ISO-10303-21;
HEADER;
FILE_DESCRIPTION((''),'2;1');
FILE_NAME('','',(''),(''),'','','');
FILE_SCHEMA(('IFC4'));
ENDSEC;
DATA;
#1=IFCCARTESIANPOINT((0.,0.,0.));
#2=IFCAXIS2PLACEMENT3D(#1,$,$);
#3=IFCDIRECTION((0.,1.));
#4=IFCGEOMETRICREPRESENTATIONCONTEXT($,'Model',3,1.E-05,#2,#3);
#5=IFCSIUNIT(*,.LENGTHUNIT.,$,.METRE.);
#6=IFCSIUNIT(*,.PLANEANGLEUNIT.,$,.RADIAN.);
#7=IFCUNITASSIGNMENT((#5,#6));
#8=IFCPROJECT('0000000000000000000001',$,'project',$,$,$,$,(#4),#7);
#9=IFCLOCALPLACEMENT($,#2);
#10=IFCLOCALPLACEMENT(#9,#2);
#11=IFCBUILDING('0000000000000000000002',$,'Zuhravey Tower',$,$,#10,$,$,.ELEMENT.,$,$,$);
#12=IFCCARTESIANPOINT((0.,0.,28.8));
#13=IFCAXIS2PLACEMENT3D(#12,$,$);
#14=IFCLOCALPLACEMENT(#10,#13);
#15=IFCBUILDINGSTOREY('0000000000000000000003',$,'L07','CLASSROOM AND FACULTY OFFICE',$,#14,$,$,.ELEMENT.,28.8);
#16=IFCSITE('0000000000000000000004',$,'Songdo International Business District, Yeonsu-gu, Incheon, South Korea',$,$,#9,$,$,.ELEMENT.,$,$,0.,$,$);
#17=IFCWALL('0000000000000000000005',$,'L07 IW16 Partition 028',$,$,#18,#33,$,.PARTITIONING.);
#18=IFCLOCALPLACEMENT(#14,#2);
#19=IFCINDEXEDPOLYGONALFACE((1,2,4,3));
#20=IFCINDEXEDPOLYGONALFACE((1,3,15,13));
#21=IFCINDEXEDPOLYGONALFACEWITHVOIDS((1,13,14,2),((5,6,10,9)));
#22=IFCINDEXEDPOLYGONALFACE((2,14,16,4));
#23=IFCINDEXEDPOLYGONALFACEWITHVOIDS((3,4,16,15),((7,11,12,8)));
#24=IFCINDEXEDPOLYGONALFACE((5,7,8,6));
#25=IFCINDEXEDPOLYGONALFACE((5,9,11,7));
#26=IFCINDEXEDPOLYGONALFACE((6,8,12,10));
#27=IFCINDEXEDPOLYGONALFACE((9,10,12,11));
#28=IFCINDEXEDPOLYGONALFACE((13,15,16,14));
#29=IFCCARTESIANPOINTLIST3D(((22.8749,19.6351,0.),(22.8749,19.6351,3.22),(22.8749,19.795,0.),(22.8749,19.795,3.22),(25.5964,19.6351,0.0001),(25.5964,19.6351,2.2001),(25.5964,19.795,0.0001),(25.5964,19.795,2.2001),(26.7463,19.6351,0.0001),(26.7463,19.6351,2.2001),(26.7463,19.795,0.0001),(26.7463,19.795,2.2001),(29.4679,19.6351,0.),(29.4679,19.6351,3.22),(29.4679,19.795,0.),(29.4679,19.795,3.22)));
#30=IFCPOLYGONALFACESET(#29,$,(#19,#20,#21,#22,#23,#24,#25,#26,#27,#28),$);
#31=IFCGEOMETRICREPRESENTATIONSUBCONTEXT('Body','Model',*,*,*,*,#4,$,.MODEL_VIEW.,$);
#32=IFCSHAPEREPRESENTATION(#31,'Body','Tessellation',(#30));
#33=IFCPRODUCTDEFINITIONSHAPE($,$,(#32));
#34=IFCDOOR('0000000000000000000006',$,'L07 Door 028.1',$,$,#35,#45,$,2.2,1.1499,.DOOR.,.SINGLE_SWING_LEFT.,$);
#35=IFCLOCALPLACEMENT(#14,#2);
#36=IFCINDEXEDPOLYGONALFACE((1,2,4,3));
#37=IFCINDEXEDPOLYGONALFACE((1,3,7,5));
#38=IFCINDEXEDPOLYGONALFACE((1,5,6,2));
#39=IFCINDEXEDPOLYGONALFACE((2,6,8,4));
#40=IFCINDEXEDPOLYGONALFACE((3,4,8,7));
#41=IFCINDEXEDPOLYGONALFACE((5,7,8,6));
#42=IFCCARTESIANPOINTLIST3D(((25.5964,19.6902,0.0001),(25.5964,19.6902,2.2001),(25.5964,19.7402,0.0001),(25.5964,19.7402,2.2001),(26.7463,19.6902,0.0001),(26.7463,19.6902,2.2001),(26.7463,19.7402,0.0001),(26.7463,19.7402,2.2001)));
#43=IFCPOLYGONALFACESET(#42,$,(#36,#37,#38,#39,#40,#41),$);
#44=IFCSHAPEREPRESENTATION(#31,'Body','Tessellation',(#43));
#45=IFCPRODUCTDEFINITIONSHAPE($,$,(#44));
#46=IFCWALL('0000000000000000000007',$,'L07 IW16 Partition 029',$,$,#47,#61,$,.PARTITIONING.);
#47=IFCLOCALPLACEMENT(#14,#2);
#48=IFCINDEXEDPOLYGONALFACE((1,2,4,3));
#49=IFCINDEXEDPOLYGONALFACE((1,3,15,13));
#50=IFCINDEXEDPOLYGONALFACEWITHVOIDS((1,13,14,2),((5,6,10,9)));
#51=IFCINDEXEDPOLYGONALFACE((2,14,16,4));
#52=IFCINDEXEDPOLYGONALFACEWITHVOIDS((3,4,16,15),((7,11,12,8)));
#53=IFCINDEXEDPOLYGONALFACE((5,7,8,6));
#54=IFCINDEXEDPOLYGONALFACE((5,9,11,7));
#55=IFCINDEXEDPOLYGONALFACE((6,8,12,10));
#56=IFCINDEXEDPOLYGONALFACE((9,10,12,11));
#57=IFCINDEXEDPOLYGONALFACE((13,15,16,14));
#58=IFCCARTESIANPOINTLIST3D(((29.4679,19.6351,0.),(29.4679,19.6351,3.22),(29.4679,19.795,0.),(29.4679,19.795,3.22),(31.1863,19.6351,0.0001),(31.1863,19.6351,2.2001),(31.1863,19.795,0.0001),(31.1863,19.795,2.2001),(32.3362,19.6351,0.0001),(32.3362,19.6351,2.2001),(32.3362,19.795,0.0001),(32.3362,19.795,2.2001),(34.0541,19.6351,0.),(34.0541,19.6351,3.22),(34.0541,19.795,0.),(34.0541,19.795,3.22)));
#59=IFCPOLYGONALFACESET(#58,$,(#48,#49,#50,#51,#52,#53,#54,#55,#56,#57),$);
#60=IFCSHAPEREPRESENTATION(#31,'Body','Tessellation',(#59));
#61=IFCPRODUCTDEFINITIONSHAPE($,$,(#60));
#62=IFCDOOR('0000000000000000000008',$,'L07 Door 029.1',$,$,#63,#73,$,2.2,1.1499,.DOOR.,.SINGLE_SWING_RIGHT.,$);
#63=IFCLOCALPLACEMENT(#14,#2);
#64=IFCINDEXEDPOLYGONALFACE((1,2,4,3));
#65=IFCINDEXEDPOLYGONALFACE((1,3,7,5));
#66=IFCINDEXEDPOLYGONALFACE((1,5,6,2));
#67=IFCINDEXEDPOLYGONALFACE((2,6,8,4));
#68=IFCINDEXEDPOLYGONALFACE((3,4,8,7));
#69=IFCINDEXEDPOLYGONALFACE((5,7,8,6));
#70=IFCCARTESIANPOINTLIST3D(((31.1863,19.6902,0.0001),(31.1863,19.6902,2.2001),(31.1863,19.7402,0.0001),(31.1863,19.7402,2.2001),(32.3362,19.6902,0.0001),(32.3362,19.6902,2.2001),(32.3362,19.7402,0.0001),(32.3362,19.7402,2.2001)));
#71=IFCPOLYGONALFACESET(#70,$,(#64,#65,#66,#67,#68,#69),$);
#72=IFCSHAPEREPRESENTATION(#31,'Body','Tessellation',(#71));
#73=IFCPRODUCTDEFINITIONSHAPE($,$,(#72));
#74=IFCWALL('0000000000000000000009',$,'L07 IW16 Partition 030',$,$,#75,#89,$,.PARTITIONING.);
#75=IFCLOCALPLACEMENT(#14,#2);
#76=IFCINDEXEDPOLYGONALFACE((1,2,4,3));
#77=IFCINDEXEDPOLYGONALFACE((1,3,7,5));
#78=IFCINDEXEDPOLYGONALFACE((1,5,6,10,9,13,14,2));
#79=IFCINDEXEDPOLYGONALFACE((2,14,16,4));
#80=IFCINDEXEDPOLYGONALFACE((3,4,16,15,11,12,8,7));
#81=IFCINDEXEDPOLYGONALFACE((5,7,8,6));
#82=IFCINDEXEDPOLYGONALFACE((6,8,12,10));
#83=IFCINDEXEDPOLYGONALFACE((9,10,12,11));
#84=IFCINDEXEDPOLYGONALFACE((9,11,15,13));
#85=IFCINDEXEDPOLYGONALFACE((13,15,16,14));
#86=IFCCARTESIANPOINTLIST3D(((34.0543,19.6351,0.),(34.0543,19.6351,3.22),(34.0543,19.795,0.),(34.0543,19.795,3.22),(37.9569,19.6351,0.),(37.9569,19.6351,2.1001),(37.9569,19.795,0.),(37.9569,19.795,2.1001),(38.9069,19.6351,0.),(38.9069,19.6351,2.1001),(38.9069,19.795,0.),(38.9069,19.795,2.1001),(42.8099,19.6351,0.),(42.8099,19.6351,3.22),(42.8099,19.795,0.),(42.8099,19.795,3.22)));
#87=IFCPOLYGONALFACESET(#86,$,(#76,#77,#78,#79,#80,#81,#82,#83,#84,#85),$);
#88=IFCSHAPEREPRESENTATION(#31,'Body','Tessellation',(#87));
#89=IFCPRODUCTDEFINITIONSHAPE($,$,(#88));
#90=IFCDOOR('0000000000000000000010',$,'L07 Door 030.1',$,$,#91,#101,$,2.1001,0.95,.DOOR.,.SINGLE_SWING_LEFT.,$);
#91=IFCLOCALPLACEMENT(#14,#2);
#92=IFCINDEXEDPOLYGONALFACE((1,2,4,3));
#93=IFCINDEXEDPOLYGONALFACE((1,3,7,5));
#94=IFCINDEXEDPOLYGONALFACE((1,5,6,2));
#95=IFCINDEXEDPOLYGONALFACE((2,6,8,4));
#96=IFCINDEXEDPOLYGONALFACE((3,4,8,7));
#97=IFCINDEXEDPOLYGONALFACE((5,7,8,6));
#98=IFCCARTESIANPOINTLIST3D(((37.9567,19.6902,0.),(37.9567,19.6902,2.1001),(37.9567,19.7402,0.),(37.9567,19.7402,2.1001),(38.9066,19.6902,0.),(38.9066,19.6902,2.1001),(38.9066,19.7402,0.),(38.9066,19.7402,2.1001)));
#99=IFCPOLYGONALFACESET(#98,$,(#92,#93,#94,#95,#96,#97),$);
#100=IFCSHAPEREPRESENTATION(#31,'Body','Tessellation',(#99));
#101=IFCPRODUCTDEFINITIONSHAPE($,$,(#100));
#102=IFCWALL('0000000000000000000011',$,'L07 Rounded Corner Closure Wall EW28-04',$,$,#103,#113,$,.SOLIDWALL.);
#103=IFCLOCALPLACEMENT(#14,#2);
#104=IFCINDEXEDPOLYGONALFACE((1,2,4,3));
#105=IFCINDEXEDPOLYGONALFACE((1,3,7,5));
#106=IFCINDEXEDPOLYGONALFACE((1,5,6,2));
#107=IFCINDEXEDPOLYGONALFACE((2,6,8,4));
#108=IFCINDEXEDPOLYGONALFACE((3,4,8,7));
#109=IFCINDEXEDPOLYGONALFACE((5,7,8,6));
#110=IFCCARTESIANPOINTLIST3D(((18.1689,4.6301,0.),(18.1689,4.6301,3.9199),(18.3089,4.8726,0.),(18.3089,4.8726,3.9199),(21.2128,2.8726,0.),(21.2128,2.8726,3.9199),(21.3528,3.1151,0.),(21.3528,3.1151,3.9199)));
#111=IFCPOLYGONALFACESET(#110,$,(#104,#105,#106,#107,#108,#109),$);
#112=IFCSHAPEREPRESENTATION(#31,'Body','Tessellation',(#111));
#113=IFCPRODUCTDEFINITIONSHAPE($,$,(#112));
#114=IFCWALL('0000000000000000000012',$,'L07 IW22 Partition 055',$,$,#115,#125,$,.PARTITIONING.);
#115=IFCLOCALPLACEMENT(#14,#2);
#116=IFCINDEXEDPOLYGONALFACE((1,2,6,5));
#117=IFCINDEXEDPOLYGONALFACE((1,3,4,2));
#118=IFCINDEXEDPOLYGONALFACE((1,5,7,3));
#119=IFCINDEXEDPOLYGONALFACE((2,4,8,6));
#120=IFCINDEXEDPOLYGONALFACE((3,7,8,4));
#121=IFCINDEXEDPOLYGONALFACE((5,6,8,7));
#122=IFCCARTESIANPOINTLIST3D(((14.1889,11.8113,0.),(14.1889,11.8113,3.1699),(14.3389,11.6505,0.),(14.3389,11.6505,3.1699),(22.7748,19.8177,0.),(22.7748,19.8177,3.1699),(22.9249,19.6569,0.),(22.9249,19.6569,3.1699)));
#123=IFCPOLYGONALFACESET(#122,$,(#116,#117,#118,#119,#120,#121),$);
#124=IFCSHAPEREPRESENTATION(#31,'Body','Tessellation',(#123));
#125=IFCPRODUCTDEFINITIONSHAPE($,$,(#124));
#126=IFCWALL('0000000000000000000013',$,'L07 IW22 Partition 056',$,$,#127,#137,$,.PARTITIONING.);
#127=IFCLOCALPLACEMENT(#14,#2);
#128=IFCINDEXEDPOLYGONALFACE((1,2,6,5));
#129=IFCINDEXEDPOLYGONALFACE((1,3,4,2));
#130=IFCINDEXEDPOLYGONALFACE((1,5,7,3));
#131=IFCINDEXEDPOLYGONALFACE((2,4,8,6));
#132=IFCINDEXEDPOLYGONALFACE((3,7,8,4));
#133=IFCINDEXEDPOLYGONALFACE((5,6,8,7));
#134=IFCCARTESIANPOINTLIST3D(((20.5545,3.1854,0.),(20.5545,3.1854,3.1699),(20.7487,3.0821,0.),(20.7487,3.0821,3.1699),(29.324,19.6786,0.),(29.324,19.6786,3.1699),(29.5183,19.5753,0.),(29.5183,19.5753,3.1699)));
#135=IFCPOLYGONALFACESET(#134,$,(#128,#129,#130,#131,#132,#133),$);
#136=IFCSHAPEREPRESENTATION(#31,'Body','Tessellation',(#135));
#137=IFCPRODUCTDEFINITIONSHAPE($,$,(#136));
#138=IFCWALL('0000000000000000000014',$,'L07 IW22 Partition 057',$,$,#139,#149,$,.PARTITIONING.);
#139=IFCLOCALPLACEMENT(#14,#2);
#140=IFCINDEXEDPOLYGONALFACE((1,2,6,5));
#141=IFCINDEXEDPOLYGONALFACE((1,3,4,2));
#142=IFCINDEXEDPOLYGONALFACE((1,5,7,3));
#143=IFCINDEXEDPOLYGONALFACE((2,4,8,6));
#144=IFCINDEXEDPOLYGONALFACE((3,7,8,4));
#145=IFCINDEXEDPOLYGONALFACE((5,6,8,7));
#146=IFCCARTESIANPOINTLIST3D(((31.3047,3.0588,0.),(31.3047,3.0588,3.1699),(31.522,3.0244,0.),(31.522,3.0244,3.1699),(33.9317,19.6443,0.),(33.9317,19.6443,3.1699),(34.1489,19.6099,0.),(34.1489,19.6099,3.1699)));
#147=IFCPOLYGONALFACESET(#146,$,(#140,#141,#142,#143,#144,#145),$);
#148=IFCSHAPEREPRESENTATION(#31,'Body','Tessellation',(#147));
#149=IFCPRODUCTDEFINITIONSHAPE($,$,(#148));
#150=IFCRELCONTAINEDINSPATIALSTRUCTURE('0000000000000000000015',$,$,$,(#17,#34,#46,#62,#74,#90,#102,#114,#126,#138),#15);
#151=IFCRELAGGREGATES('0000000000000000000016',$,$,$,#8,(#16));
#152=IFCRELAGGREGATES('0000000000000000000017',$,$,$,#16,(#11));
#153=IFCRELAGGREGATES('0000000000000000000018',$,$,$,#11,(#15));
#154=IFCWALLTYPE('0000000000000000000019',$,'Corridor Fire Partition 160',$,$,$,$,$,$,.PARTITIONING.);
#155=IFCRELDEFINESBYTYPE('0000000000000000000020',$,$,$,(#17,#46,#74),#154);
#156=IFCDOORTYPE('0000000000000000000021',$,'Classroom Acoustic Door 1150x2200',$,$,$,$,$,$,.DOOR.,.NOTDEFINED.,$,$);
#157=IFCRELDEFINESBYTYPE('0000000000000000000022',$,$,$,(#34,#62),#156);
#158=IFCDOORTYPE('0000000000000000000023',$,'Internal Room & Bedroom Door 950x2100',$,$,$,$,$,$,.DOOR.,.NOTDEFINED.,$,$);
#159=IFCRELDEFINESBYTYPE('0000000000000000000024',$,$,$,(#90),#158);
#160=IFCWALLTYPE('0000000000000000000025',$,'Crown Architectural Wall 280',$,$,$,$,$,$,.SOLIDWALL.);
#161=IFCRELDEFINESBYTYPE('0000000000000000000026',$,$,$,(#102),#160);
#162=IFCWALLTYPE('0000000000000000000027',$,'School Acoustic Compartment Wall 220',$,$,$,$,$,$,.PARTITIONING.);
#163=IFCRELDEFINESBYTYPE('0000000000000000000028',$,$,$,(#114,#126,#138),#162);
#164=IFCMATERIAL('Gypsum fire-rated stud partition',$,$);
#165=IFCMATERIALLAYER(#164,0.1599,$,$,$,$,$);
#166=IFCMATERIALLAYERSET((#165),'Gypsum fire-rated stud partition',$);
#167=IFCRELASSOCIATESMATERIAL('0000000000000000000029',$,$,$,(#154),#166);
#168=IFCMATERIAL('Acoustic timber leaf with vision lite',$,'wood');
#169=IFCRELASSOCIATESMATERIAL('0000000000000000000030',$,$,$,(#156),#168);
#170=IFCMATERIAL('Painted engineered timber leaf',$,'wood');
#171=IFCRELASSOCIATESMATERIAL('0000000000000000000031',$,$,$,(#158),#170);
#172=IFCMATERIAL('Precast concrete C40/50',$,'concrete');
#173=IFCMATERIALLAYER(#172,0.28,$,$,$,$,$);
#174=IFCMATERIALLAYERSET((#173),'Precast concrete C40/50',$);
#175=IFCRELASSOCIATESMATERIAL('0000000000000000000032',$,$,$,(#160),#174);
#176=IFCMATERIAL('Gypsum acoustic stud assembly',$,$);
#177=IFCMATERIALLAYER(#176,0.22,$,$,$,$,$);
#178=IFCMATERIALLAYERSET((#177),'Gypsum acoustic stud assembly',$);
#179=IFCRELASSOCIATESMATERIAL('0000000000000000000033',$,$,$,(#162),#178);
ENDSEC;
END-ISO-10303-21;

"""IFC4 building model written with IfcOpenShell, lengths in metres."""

from ifc_helpers import new_model, si_unit, direction, frame, frame_2d, origin, place, context, subcontext, project, spatial, rectangle, extrude, material, layer, layer_set, type_object, element, fill, save


model = new_model("IFC4")

# Units and contexts
model_context = context("Model", 3, precision=1e-05, world=origin(), true_north=direction((0.0, 1.0)))
body_context = subcontext(model_context, "Body", "Model", "MODEL_VIEW")
ifc_project = project(units=[si_unit("LENGTHUNIT", "METRE"), si_unit("PLANEANGLEUNIT", "RADIAN")], contexts=[model_context])

# Site, building, storey
site_placement = place(None, origin())
site = spatial("IfcSite", under=ifc_project, at=site_placement, Name="Songdo International Business District, Yeonsu-gu, Incheon, South Korea", CompositionType="ELEMENT", RefElevation=0.0)
building_placement = place(site_placement, origin())
building = spatial("IfcBuilding", under=site, at=building_placement, Name="Zuhravey Tower", CompositionType="ELEMENT")
storey_placement = place(building_placement, frame((0.0, 0.0, 28.8)))
storey = spatial("IfcBuildingStorey", under=building, at=storey_placement, Name="L07", Description="CLASSROOM AND FACULTY OFFICE", CompositionType="ELEMENT", Elevation=28.8)

# Walls, openings, doors
ifc_material_1 = material(Name="Gypsum fire-rated stud partition")
ifc_layer_1 = layer(ifc_material_1, 0.1599)
ifc_layer_set_1 = layer_set([ifc_layer_1], Name="Gypsum fire-rated stud partition")
wall_type_1 = type_object("IfcWallType", Name="Corridor Fire Partition 160", PredefinedType="PARTITIONING", material=ifc_layer_set_1)
wall_1_placement = place(storey_placement, frame((22.875, 19.7151, 0.0), z_axis=(0.0, 0.0, 1.0), x_axis=(1.0, 0.0, 0.0)))
wall_1 = element("IfcWall", 1, at=wall_1_placement, inside=storey, type_object=wall_type_1, Name="L07 IW16 Partition 028", PredefinedType="PARTITIONING", context=body_context, shape_type="SweptSolid", body=[
    extrude(rectangle(XDim=6.593, YDim=0.1599, at=frame_2d((3.2964, 0.0))), origin(), (0.0, 0.0, 1.0), 3.22),
])
opening_1_placement = place(wall_1_placement, frame((2.7214, 0.0, 0.0)))
opening_1 = element("IfcOpeningElement", 2, at=opening_1_placement, cuts=wall_1, PredefinedType="OPENING", context=body_context, shape_type="SweptSolid", body=[
    extrude(rectangle(XDim=1.1499, YDim=2.2, at=frame_2d((0.575, 1.1001))), frame((0.0, 0.092, 0.0), z_axis=(0.0, -1.0, 0.0), x_axis=(1.0, 0.0, 0.0)), (0.0, 0.0, 1.0), 0.1838),
])
ifc_material_2 = material(Name="Acoustic timber leaf with vision lite", Category="wood")
door_type_1 = type_object("IfcDoorType", Name="Classroom Acoustic Door 1150x2200", OperationType="NOTDEFINED", PredefinedType="DOOR", material=ifc_material_2)
door_1_placement = place(opening_1_placement, frame((1.1499, 0.0, 0.0), z_axis=(0.0, 0.0, 1.0), x_axis=(-1.0, 0.0, 0.0)))
door_1 = element("IfcDoor", 3, at=door_1_placement, inside=storey, type_object=door_type_1, Name="L07 Door 028.1", OperationType="SINGLE_SWING_LEFT", OverallHeight=2.2, OverallWidth=1.1499, PredefinedType="DOOR", context=body_context, shape_type="SweptSolid", body=[
    extrude(rectangle(XDim=1.1499, YDim=2.2, at=frame_2d((0.575, 1.1001))), frame((0.0, 0.0249, 0.0), z_axis=(0.0, -1.0, 0.0), x_axis=(1.0, 0.0, 0.0)), (0.0, 0.0, 1.0), 0.05),
])
fill(opening_1, door_1)
wall_2_placement = place(storey_placement, frame((29.468, 19.7151, 0.0), z_axis=(0.0, 0.0, 1.0), x_axis=(1.0, 0.0, 0.0)))
wall_2 = element("IfcWall", 4, at=wall_2_placement, inside=storey, type_object=wall_type_1, Name="L07 IW16 Partition 029", PredefinedType="PARTITIONING", context=body_context, shape_type="SweptSolid", body=[
    extrude(rectangle(XDim=4.5862, YDim=0.1599, at=frame_2d((2.293, 0.0))), origin(), (0.0, 0.0, 1.0), 3.22),
])
opening_2_placement = place(wall_2_placement, frame((1.7183, 0.0, 0.0)))
opening_2 = element("IfcOpeningElement", 5, at=opening_2_placement, cuts=wall_2, PredefinedType="OPENING", context=body_context, shape_type="SweptSolid", body=[
    extrude(rectangle(XDim=1.1499, YDim=2.2, at=frame_2d((0.575, 1.1001))), frame((0.0, 0.092, 0.0), z_axis=(0.0, -1.0, 0.0), x_axis=(1.0, 0.0, 0.0)), (0.0, 0.0, 1.0), 0.1838),
])
door_2_placement = place(opening_2_placement, frame((1.1499, 0.0, 0.0), z_axis=(0.0, 0.0, 1.0), x_axis=(-1.0, 0.0, 0.0)))
door_2 = element("IfcDoor", 6, at=door_2_placement, inside=storey, type_object=door_type_1, Name="L07 Door 029.1", OperationType="SINGLE_SWING_RIGHT", OverallHeight=2.2, OverallWidth=1.1499, PredefinedType="DOOR", context=body_context, shape_type="SweptSolid", body=[
    extrude(rectangle(XDim=1.1499, YDim=2.2, at=frame_2d((0.575, 1.1001))), frame((0.0, 0.0249, 0.0), z_axis=(0.0, -1.0, 0.0), x_axis=(1.0, 0.0, 0.0)), (0.0, 0.0, 1.0), 0.05),
])
fill(opening_2, door_2)
wall_3_placement = place(storey_placement, frame((34.0542, 19.7151, 0.0), z_axis=(0.0, 0.0, 1.0), x_axis=(1.0, 0.0, 0.0)))
wall_3 = element("IfcWall", 7, at=wall_3_placement, inside=storey, type_object=wall_type_1, Name="L07 IW16 Partition 030", PredefinedType="PARTITIONING", context=body_context, shape_type="SweptSolid", body=[
    extrude(rectangle(XDim=8.7556, YDim=0.1599, at=frame_2d((4.3779, 0.0))), origin(), (0.0, 0.0, 1.0), 3.22),
])
opening_3_placement = place(wall_3_placement, frame((3.9026, 0.0, 0.0)))
opening_3 = element("IfcOpeningElement", 8, at=opening_3_placement, cuts=wall_3, PredefinedType="OPENING", context=body_context, shape_type="SweptSolid", body=[
    extrude(rectangle(XDim=0.95, YDim=2.1001, at=frame_2d((0.4751, 1.05))), frame((0.0, 0.092, 0.0), z_axis=(0.0, -1.0, 0.0), x_axis=(1.0, 0.0, 0.0)), (0.0, 0.0, 1.0), 0.1838),
])
ifc_material_3 = material(Name="Painted engineered timber leaf", Category="wood")
door_type_2 = type_object("IfcDoorType", Name="Internal Room & Bedroom Door 950x2100", OperationType="NOTDEFINED", PredefinedType="DOOR", material=ifc_material_3)
door_3_placement = place(opening_3_placement, frame((0.95, 0.0, 0.0), z_axis=(0.0, 0.0, 1.0), x_axis=(-1.0, 0.0, 0.0)))
door_3 = element("IfcDoor", 9, at=door_3_placement, inside=storey, type_object=door_type_2, Name="L07 Door 030.1", OperationType="SINGLE_SWING_LEFT", OverallHeight=2.1001, OverallWidth=0.95, PredefinedType="DOOR", context=body_context, shape_type="SweptSolid", body=[
    extrude(rectangle(XDim=0.95, YDim=2.1001, at=frame_2d((0.4751, 1.05))), frame((0.0, 0.0249, 0.0), z_axis=(0.0, -1.0, 0.0), x_axis=(1.0, 0.0, 0.0)), (0.0, 0.0, 1.0), 0.05),
])
fill(opening_3, door_3)

# Walls
ifc_material_4 = material(Name="Precast concrete C40/50", Category="concrete")
ifc_layer_2 = layer(ifc_material_4, 0.28)
ifc_layer_set_2 = layer_set([ifc_layer_2], Name="Precast concrete C40/50")
wall_type_2 = type_object("IfcWallType", Name="Crown Architectural Wall 280", PredefinedType="SOLIDWALL", material=ifc_layer_set_2)
wall_4_placement = place(storey_placement, frame((21.2827, 2.9939, 0.0), z_axis=(0.0, 0.0, 1.0), x_axis=(-0.866007, 0.500031, 0.0)))
element("IfcWall", 10, at=wall_4_placement, inside=storey, type_object=wall_type_2, Name="L07 Rounded Corner Closure Wall EW28-04", PredefinedType="SOLIDWALL", context=body_context, shape_type="SweptSolid", body=[
    extrude(rectangle(XDim=3.5149, YDim=0.28, at=frame_2d((1.7573, 0.0))), origin(), (0.0, 0.0, 1.0), 3.9199),
])
ifc_material_5 = material(Name="Gypsum acoustic stud assembly")
ifc_layer_3 = layer(ifc_material_5, 0.22)
ifc_layer_set_3 = layer_set([ifc_layer_3], Name="Gypsum acoustic stud assembly")
wall_type_3 = type_object("IfcWallType", Name="School Acoustic Compartment Wall 220", PredefinedType="PARTITIONING", material=ifc_layer_set_3)
wall_5_placement = place(storey_placement, frame((22.8499, 19.7373, 0.0), z_axis=(0.0, 0.0, 1.0), x_axis=(-0.731361, -0.681991, 0.0)))
element("IfcWall", 11, at=wall_5_placement, inside=storey, type_object=wall_type_3, Name="L07 IW22 Partition 055", PredefinedType="PARTITIONING", context=body_context, shape_type="SweptSolid", body=[
    extrude(rectangle(XDim=11.7397, YDim=0.22, at=frame_2d((5.8699, 0.0))), origin(), (0.0, 0.0, 1.0), 3.1699),
])
wall_6_placement = place(storey_placement, frame((29.4211, 19.627, 0.0), z_axis=(0.0, 0.0, 1.0), x_axis=(-0.46947, -0.882948, 0.0)))
element("IfcWall", 12, at=wall_6_placement, inside=storey, type_object=wall_type_3, Name="L07 IW22 Partition 056", PredefinedType="PARTITIONING", context=body_context, shape_type="SweptSolid", body=[
    extrude(rectangle(XDim=18.6797, YDim=0.22, at=frame_2d((9.3398, 0.0))), origin(), (0.0, 0.0, 1.0), 3.1699),
])
wall_7_placement = place(storey_placement, frame((34.0403, 19.627, 0.0), z_axis=(0.0, 0.0, 1.0), x_axis=(-0.156439, -0.987688, 0.0)))
element("IfcWall", 13, at=wall_7_placement, inside=storey, type_object=wall_type_3, Name="L07 IW22 Partition 057", PredefinedType="PARTITIONING", context=body_context, shape_type="SweptSolid", body=[
    extrude(rectangle(XDim=16.7922, YDim=0.22, at=frame_2d((8.396, 0.0))), origin(), (0.0, 0.0, 1.0), 3.1699),
])

save(model, "model.ifc")
